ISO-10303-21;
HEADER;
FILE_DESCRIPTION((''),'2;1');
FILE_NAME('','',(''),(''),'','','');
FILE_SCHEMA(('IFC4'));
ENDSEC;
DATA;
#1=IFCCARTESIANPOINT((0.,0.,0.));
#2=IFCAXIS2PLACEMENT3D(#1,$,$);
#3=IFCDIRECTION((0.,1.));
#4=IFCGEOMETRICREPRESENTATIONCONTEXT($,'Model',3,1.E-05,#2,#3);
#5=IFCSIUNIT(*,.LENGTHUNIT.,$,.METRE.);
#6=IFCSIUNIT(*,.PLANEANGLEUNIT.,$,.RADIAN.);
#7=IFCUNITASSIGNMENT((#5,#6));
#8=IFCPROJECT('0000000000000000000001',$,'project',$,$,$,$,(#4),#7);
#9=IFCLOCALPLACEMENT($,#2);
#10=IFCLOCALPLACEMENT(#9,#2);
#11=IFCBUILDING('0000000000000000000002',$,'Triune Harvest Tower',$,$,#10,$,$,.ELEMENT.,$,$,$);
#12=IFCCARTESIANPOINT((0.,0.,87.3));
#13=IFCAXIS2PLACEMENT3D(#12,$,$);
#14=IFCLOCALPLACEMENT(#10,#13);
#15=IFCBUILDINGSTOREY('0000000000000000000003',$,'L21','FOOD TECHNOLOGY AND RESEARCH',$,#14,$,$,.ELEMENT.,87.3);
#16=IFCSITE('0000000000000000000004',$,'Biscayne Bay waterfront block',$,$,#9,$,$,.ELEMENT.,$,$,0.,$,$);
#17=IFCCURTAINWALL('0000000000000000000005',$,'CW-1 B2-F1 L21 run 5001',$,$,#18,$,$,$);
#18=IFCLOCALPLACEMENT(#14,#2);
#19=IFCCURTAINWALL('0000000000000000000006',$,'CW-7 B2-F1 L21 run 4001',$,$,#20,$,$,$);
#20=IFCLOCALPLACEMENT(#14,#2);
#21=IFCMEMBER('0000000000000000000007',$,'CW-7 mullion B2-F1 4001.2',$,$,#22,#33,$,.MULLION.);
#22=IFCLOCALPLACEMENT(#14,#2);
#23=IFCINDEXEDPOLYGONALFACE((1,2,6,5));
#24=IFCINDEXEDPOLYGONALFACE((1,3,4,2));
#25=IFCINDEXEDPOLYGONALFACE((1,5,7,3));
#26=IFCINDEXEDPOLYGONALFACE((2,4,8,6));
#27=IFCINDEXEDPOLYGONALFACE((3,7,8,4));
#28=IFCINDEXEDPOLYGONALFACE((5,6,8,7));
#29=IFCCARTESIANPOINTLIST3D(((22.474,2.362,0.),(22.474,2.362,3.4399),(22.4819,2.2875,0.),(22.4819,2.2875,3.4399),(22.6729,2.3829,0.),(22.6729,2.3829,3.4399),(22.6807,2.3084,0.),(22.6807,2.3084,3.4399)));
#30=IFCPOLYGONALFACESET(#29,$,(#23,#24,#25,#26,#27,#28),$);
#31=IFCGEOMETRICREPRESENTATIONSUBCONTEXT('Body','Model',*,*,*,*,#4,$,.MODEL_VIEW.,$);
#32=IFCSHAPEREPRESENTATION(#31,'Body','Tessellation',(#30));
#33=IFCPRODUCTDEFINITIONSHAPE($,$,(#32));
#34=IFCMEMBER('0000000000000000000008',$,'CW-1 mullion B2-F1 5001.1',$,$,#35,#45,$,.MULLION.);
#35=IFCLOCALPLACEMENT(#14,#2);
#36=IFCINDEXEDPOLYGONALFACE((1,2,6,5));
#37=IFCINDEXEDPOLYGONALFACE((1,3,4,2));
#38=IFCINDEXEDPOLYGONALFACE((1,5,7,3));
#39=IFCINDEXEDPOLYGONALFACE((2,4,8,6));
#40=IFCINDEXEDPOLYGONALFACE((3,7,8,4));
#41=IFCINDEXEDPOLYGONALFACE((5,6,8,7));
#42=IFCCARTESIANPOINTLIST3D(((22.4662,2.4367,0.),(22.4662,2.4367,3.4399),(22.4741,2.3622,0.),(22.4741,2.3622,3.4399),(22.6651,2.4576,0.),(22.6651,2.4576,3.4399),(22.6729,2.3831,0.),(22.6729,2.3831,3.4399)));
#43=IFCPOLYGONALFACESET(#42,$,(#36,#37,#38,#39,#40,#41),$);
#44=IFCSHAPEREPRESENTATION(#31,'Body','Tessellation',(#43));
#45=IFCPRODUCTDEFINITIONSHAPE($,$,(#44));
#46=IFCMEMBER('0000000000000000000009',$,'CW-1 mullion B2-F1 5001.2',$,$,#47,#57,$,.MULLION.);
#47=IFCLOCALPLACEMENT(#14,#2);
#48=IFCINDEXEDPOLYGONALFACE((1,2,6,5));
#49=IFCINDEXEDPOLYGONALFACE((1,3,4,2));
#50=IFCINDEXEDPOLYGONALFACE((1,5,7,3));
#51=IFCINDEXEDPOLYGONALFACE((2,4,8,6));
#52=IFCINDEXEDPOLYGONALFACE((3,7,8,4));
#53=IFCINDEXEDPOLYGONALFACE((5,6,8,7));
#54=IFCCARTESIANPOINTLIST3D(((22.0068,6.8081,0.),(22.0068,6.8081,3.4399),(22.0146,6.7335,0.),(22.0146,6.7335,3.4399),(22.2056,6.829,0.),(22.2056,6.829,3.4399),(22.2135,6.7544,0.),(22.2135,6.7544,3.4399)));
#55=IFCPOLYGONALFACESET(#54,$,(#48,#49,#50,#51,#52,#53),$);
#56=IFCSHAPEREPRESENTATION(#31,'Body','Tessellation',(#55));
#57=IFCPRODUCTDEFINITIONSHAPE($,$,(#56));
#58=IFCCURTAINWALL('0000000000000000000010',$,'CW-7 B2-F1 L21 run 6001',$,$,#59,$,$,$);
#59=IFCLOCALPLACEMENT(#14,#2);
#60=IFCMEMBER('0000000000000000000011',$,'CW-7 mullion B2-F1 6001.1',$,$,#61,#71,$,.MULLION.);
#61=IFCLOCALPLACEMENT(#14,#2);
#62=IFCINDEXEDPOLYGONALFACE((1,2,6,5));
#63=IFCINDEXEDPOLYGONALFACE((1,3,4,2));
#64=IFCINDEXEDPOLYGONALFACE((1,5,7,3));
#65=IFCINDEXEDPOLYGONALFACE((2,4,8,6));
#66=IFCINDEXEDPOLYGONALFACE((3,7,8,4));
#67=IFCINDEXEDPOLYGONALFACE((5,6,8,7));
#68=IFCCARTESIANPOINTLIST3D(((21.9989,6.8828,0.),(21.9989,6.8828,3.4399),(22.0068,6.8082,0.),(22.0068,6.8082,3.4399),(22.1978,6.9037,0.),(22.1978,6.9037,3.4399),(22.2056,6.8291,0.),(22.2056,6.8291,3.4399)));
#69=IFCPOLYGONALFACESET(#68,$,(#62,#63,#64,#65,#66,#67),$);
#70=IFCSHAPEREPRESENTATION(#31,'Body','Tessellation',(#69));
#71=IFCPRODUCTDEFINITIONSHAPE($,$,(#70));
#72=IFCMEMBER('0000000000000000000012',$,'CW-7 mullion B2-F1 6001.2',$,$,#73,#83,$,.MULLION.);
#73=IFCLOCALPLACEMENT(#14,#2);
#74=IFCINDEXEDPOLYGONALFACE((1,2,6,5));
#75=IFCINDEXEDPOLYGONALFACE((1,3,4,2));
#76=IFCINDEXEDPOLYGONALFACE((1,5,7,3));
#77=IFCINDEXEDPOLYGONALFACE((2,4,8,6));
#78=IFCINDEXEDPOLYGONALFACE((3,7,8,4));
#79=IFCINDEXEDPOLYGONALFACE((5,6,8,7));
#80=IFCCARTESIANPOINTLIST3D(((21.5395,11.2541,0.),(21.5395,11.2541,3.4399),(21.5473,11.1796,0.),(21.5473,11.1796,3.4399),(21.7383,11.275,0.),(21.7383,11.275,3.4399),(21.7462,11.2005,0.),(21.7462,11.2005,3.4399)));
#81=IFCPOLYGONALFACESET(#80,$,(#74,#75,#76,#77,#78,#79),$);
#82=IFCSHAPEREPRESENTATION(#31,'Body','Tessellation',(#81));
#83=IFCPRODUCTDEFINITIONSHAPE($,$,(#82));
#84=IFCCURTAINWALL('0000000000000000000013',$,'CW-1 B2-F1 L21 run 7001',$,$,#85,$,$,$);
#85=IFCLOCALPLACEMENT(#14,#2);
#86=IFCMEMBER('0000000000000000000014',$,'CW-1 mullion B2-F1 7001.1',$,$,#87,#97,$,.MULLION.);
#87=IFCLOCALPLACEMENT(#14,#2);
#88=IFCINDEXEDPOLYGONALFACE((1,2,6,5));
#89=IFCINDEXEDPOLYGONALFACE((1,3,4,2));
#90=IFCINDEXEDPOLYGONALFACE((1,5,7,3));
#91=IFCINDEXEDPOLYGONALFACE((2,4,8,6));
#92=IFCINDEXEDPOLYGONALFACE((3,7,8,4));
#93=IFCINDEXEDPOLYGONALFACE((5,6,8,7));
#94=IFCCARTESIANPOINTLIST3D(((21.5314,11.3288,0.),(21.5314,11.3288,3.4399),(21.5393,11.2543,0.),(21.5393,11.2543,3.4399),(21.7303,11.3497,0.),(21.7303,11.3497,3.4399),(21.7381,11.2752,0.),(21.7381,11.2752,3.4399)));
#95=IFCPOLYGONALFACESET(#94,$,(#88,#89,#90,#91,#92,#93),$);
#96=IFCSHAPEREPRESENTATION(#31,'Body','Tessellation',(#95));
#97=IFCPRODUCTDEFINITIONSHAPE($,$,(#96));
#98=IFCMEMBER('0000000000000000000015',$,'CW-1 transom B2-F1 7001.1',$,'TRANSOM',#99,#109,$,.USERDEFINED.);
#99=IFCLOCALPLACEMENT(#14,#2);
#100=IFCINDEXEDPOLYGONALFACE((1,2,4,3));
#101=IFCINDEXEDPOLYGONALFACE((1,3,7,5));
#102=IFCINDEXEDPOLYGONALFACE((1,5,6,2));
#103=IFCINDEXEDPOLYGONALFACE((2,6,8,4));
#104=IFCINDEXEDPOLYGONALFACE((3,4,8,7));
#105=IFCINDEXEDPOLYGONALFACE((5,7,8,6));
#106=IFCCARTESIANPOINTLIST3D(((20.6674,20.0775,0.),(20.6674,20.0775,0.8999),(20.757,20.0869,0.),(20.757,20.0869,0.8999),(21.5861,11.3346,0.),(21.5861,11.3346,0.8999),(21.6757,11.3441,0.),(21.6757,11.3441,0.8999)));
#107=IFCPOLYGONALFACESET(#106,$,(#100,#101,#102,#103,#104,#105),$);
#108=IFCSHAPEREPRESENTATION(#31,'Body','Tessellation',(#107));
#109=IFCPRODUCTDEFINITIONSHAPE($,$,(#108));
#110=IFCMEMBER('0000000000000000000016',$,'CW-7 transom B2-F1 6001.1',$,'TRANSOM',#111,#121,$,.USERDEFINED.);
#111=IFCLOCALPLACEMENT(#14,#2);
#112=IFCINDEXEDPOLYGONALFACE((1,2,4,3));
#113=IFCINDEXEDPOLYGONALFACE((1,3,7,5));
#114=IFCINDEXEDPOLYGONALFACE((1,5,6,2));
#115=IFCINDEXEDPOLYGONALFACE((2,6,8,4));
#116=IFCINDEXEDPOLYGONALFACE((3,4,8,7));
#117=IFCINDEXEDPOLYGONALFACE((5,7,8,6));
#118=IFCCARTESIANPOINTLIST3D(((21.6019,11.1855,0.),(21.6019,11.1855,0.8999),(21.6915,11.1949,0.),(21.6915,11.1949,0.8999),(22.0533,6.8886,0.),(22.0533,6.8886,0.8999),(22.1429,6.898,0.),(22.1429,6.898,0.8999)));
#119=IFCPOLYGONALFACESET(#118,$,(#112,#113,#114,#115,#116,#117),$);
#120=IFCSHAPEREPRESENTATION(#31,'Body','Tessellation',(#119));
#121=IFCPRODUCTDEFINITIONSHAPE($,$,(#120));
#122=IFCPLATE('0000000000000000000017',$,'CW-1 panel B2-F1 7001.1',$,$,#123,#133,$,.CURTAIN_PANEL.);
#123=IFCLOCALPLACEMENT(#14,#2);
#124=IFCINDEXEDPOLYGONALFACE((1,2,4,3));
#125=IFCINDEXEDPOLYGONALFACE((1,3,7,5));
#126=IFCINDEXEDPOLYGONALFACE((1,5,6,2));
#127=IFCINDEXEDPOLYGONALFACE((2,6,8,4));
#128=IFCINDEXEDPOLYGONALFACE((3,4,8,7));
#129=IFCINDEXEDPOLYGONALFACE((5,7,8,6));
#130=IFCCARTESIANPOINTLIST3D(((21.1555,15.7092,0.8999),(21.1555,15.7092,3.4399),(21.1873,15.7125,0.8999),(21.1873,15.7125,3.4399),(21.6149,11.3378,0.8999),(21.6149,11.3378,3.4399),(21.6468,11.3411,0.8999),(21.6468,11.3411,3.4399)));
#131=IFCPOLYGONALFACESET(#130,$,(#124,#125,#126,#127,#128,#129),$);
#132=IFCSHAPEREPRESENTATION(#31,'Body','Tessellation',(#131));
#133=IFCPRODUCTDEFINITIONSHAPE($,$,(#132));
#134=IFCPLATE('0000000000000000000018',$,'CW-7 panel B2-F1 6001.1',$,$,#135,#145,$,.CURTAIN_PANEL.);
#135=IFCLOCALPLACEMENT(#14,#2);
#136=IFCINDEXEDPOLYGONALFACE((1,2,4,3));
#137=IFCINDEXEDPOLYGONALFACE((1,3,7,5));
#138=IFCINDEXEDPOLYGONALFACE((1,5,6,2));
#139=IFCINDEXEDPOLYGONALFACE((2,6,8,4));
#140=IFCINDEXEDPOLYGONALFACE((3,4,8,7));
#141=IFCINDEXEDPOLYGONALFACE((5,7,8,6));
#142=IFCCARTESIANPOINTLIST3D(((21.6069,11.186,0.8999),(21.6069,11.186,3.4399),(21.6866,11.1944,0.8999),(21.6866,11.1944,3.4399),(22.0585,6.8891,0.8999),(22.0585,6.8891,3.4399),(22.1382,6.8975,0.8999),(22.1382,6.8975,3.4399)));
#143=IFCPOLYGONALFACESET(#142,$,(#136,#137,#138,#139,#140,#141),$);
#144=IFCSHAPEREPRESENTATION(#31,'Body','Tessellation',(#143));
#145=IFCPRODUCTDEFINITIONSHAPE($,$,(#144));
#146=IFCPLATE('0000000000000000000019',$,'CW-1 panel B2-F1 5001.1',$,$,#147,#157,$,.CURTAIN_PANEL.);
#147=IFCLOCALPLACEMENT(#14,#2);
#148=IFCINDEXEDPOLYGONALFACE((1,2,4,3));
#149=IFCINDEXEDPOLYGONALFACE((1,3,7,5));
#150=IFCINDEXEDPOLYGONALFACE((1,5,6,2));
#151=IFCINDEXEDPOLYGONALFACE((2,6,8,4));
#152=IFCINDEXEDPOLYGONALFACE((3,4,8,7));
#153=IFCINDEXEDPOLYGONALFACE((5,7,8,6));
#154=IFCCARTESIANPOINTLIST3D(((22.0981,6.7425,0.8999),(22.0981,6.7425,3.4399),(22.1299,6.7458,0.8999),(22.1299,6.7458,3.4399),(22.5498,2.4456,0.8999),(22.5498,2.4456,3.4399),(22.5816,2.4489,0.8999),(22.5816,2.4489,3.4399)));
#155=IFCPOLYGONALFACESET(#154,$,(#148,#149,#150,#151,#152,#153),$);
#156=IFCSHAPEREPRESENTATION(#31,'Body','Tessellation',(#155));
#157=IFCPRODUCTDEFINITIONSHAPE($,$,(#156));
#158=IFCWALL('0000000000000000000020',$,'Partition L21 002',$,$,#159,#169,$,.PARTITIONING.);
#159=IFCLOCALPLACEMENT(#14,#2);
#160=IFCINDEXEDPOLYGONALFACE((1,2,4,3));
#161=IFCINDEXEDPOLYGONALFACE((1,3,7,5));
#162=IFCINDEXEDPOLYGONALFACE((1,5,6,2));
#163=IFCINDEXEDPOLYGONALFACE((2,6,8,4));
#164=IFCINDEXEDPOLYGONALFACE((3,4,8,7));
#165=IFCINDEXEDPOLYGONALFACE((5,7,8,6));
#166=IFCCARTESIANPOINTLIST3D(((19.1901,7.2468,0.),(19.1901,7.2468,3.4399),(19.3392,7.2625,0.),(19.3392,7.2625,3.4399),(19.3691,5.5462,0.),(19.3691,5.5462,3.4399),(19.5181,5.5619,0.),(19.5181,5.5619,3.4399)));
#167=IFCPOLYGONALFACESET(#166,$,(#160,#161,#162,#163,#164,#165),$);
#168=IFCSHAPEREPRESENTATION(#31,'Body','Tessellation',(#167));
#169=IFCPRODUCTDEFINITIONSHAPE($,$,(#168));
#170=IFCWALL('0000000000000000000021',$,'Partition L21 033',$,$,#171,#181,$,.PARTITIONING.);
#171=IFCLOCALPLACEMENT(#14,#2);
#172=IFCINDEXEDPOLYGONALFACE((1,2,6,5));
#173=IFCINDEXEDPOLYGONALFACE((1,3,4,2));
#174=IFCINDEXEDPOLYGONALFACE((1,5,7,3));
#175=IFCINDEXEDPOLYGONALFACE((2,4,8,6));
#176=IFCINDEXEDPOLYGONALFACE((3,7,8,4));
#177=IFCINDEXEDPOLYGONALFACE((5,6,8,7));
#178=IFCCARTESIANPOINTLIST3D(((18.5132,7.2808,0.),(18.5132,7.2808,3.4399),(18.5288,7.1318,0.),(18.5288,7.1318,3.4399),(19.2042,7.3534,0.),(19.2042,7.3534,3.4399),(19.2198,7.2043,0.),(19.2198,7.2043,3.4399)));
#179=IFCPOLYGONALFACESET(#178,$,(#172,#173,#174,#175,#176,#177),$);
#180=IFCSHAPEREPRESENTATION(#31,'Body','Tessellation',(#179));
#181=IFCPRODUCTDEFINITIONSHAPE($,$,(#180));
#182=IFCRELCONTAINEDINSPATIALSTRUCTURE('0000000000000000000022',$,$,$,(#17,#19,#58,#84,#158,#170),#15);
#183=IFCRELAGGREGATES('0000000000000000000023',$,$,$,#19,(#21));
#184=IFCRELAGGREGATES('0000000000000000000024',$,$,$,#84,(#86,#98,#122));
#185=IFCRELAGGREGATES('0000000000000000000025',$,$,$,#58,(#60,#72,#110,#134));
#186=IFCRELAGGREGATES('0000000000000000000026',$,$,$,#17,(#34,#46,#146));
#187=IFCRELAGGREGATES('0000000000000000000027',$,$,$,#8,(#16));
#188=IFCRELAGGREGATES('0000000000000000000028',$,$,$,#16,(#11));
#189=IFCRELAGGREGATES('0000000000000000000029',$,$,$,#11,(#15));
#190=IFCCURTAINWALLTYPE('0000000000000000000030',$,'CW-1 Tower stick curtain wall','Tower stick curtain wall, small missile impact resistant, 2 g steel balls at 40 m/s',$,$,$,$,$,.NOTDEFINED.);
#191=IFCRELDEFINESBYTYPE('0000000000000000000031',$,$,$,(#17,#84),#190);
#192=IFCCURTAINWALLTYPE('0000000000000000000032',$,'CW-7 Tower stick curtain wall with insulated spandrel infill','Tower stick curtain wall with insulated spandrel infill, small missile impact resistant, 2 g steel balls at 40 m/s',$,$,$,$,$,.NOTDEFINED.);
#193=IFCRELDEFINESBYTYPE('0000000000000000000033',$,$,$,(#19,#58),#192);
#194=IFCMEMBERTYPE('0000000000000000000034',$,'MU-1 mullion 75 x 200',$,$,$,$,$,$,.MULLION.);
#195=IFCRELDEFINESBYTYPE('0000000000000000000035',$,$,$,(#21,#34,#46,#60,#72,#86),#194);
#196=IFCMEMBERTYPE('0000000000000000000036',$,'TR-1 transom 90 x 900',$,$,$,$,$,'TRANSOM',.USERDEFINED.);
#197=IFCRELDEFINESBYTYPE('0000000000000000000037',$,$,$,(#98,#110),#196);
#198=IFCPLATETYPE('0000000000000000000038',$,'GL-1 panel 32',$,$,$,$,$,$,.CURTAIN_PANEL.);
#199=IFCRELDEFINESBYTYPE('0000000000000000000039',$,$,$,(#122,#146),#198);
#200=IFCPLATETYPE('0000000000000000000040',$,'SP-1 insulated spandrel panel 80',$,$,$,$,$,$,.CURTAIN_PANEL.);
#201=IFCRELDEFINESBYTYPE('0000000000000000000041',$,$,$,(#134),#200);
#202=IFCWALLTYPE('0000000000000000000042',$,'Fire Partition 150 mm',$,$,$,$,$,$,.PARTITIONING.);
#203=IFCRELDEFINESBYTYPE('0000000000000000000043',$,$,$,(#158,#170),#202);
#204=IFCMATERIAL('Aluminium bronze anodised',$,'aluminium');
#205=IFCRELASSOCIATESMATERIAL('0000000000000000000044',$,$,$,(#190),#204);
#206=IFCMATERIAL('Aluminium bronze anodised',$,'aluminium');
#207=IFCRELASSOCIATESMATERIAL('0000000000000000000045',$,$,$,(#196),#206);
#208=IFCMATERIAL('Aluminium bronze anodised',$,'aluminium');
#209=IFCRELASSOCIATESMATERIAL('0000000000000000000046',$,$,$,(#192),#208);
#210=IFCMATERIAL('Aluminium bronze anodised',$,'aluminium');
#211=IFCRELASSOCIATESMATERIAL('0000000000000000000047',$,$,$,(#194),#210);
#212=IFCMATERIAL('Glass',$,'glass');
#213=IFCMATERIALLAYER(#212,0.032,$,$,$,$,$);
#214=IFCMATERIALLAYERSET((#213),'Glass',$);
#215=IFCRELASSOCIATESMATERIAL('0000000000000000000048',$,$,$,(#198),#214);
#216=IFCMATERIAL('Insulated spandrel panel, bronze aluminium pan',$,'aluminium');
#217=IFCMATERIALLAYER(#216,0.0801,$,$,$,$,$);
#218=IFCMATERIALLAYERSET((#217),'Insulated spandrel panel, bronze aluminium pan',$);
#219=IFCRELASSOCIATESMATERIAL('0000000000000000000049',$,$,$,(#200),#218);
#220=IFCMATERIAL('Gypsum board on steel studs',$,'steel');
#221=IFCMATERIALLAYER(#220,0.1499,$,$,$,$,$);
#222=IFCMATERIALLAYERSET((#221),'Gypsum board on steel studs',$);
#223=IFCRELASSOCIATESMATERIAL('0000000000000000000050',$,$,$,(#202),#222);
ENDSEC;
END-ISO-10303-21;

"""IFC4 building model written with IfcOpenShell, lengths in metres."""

from ifc_helpers import new_model, si_unit, direction, frame, frame_2d, origin, origin_2d, place, context, subcontext, project, spatial, rectangle, extrude, source, transform, mapped, material, layer, layer_set, material_profile, profile_set, type_object, element, aggregate, save


model = new_model("IFC4")

# Units and contexts
model_context = context("Model", 3, precision=1e-05, world=origin(), true_north=direction((0.0, 1.0)))
body_context = subcontext(model_context, "Body", "Model", "MODEL_VIEW")
ifc_project = project(units=[si_unit("LENGTHUNIT", "METRE"), si_unit("PLANEANGLEUNIT", "RADIAN")], contexts=[model_context])

# Site, building, storey
site_placement = place(None, origin())
site = spatial("IfcSite", under=ifc_project, at=site_placement, Name="Biscayne Bay waterfront block", CompositionType="ELEMENT", RefElevation=0.0)
building_placement = place(site_placement, origin())
building = spatial("IfcBuilding", under=site, at=building_placement, Name="Triune Harvest Tower", CompositionType="ELEMENT")
storey_placement = place(building_placement, frame((0.0, 0.0, 87.3)))
storey = spatial("IfcBuildingStorey", under=building, at=storey_placement, Name="L21", Description="FOOD TECHNOLOGY AND RESEARCH", CompositionType="ELEMENT", Elevation=87.3)

# Curtain wall
ifc_material_1 = material(Name="Aluminium bronze anodised", Category="aluminium")
curtain_wall_type_1 = type_object("IfcCurtainWallType", Name="CW-1 Tower stick curtain wall", Description="Tower stick curtain wall, small missile impact resistant, 2 g steel balls at 40 m/s", PredefinedType="NOTDEFINED", material=ifc_material_1)
curtain_wall_1_placement = place(storey_placement, origin())
curtain_wall_1 = element("IfcCurtainWall", 1, at=curtain_wall_1_placement, inside=storey, type_object=curtain_wall_type_1, Name="CW-1 B2-F1 L21 run 5001")
ifc_material_2 = material(Name="Aluminium bronze anodised", Category="aluminium")
ifc_material_profile_1 = material_profile(ifc_material_2, rectangle(XDim=0.0901, YDim=0.8999, at=origin_2d()), Name="TR-1 transom 90 x 900")
ifc_profile_set_1 = profile_set([ifc_material_profile_1], Name="Aluminium bronze anodised")
member_type_1 = type_object("IfcMemberType", Name="TR-1 transom 90 x 900", ElementType="TRANSOM", PredefinedType="USERDEFINED", material=ifc_profile_set_1)

# Curtain wall, member
ifc_material_3 = material(Name="Aluminium bronze anodised", Category="aluminium")
curtain_wall_type_2 = type_object("IfcCurtainWallType", Name="CW-7 Tower stick curtain wall with insulated spandrel infill", Description="Tower stick curtain wall with insulated spandrel infill, small missile impact resistant, 2 g steel balls at 40 m/s", PredefinedType="NOTDEFINED", material=ifc_material_3)
curtain_wall_2_placement = place(storey_placement, origin())
curtain_wall_2 = element("IfcCurtainWall", 2, at=curtain_wall_2_placement, inside=storey, type_object=curtain_wall_type_2, Name="CW-7 B2-F1 L21 run 4001")
ifc_material_4 = material(Name="Aluminium bronze anodised", Category="aluminium")
ifc_material_profile_2 = material_profile(ifc_material_4, rectangle(XDim=0.2, YDim=0.075, at=origin_2d()), Name="MU-1 mullion 75 x 200")
ifc_profile_set_2 = profile_set([ifc_material_profile_2], Name="Aluminium bronze anodised")
member_type_2 = type_object("IfcMemberType", Name="MU-1 mullion 75 x 200", PredefinedType="MULLION", material=ifc_profile_set_2)
shared_shape_1 = source(origin(), body_context, "Body", "SweptSolid", [
    extrude(rectangle(XDim=0.2, YDim=0.075, at=origin_2d()), origin(), (0.0, 0.0, 1.0), 3.4399),
])
member_1_placement = place(storey_placement, frame((22.5774, 2.3352, 0.0), z_axis=(0.0, 0.0, 1.0), x_axis=(-0.994522, -0.104528, 0.0)))
member_1 = element("IfcMember", 3, at=member_1_placement, type_object=member_type_2, Name="CW-7 mullion B2-F1 4001.2", PredefinedType="MULLION", context=body_context, shape_type="MappedRepresentation", body=[
    mapped(shared_shape_1, transform((0.0, 0.0, 0.0), scale=1.0)),
])
aggregate(curtain_wall_2, [member_1])

# Members
member_2_placement = place(storey_placement, frame((22.5696, 2.4099, 0.0), z_axis=(0.0, 0.0, 1.0), x_axis=(-0.994522, -0.10453, 0.0)))
member_2 = element("IfcMember", 4, at=member_2_placement, type_object=member_type_2, Name="CW-1 mullion B2-F1 5001.1", PredefinedType="MULLION", context=body_context, shape_type="MappedRepresentation", body=[
    mapped(shared_shape_1, transform((0.0, 0.0, 0.0), scale=1.0)),
])
member_3_placement = place(storey_placement, frame((22.1101, 6.7812, 0.0), z_axis=(0.0, 0.0, 1.0), x_axis=(-0.994522, -0.10453, 0.0)))
member_3 = element("IfcMember", 5, at=member_3_placement, type_object=member_type_2, Name="CW-1 mullion B2-F1 5001.2", PredefinedType="MULLION", context=body_context, shape_type="MappedRepresentation", body=[
    mapped(shared_shape_1, transform((0.0, 0.0, 0.0), scale=1.0)),
])

# Curtain walls, members
curtain_wall_3_placement = place(storey_placement, origin())
curtain_wall_3 = element("IfcCurtainWall", 6, at=curtain_wall_3_placement, inside=storey, type_object=curtain_wall_type_2, Name="CW-7 B2-F1 L21 run 6001")
member_4_placement = place(storey_placement, frame((22.1023, 6.856, 0.0), z_axis=(0.0, 0.0, 1.0), x_axis=(-0.994522, -0.104528, 0.0)))
member_4 = element("IfcMember", 7, at=member_4_placement, type_object=member_type_2, Name="CW-7 mullion B2-F1 6001.1", PredefinedType="MULLION", context=body_context, shape_type="MappedRepresentation", body=[
    mapped(shared_shape_1, transform((0.0, 0.0, 0.0), scale=1.0)),
])
member_5_placement = place(storey_placement, frame((21.6428, 11.2273, 0.0), z_axis=(0.0, 0.0, 1.0), x_axis=(-0.994522, -0.104528, 0.0)))
member_5 = element("IfcMember", 8, at=member_5_placement, type_object=member_type_2, Name="CW-7 mullion B2-F1 6001.2", PredefinedType="MULLION", context=body_context, shape_type="MappedRepresentation", body=[
    mapped(shared_shape_1, transform((0.0, 0.0, 0.0), scale=1.0)),
])
curtain_wall_4_placement = place(storey_placement, origin())
curtain_wall_4 = element("IfcCurtainWall", 9, at=curtain_wall_4_placement, inside=storey, type_object=curtain_wall_type_1, Name="CW-1 B2-F1 L21 run 7001")
member_6_placement = place(storey_placement, frame((21.6348, 11.302, 0.0), z_axis=(0.0, 0.0, 1.0), x_axis=(-0.994522, -0.104528, 0.0)))
member_6 = element("IfcMember", 10, at=member_6_placement, type_object=member_type_2, Name="CW-1 mullion B2-F1 7001.1", PredefinedType="MULLION", context=body_context, shape_type="MappedRepresentation", body=[
    mapped(shared_shape_1, transform((0.0, 0.0, 0.0), scale=1.0)),
])
shared_shape_2 = source(origin(), body_context, "Body", "SweptSolid", [
    extrude(rectangle(XDim=0.0901, YDim=0.8999, at=origin_2d()), origin(), (0.0, 0.0, 1.0), 8.791),
])
member_7_placement = place(storey_placement, frame((21.6309, 11.3394, 0.45), z_axis=(-0.104504, 0.994524, 0.0), x_axis=(-0.994524, -0.104504, 0.0)))
member_7 = element("IfcMember", 11, at=member_7_placement, type_object=member_type_1, Name="CW-1 transom B2-F1 7001.1", ObjectType="TRANSOM", PredefinedType="USERDEFINED", context=body_context, shape_type="MappedRepresentation", body=[
    mapped(shared_shape_2, transform((0.0, 0.0, 0.0), scale=1.0)),
])

# Member
shared_shape_3 = source(origin(), body_context, "Body", "SweptSolid", [
    extrude(rectangle(XDim=0.0901, YDim=0.8999, at=origin_2d()), origin(), (0.0, 0.0, 1.0), 4.3206),
])
member_8_placement = place(storey_placement, frame((22.0981, 6.8933, 0.45), z_axis=(-0.104482, 0.994527, 0.0), x_axis=(-0.994527, -0.104482, 0.0)))
member_8 = element("IfcMember", 12, at=member_8_placement, type_object=member_type_1, Name="CW-7 transom B2-F1 6001.1", ObjectType="TRANSOM", PredefinedType="USERDEFINED", context=body_context, shape_type="MappedRepresentation", body=[
    mapped(shared_shape_3, transform((0.0, 0.0, 0.0), scale=1.0)),
])

# Plates
ifc_material_5 = material(Name="Glass", Category="glass")
ifc_layer_1 = layer(ifc_material_5, 0.032)
ifc_layer_set_1 = layer_set([ifc_layer_1], Name="Glass")
plate_type_1 = type_object("IfcPlateType", Name="GL-1 panel 32", PredefinedType="CURTAIN_PANEL", material=ifc_layer_set_1)
shared_shape_4 = source(origin(), body_context, "Body", "SweptSolid", [
    extrude(rectangle(XDim=4.3955, YDim=0.032, at=origin_2d()), origin(), (0.0, 0.0, 1.0), 2.54),
])
plate_1_placement = place(storey_placement, frame((21.4011, 13.5251, 0.8999), z_axis=(0.0, 0.0, 1.0), x_axis=(-0.104528, 0.994522, 0.0)))
plate_1 = element("IfcPlate", 13, at=plate_1_placement, type_object=plate_type_1, Name="CW-1 panel B2-F1 7001.1", PredefinedType="CURTAIN_PANEL", context=body_context, shape_type="MappedRepresentation", body=[
    mapped(shared_shape_4, transform((0.0, 0.0, 0.0), scale=1.0)),
])
aggregate(curtain_wall_4, [member_6, member_7, plate_1])
ifc_material_6 = material(Name="Insulated spandrel panel, bronze aluminium pan", Category="aluminium")
ifc_layer_2 = layer(ifc_material_6, 0.0801)
ifc_layer_set_2 = layer_set([ifc_layer_2], Name="Insulated spandrel panel, bronze aluminium pan")
plate_type_2 = type_object("IfcPlateType", Name="SP-1 insulated spandrel panel 80", PredefinedType="CURTAIN_PANEL", material=ifc_layer_set_2)
shared_shape_5 = source(origin(), body_context, "Body", "SweptSolid", [
    extrude(rectangle(XDim=4.3206, YDim=0.0801, at=origin_2d()), origin(), (0.0, 0.0, 1.0), 2.54),
])
plate_2_placement = place(storey_placement, frame((21.8726, 9.0417, 0.8999), z_axis=(0.0, 0.0, 1.0), x_axis=(-0.104528, 0.994522, 0.0)))
plate_2 = element("IfcPlate", 14, at=plate_2_placement, type_object=plate_type_2, Name="CW-7 panel B2-F1 6001.1", PredefinedType="CURTAIN_PANEL", context=body_context, shape_type="MappedRepresentation", body=[
    mapped(shared_shape_5, transform((0.0, 0.0, 0.0), scale=1.0)),
])
aggregate(curtain_wall_3, [member_4, member_5, member_8, plate_2])
shared_shape_6 = source(origin(), body_context, "Body", "SweptSolid", [
    extrude(rectangle(XDim=4.3206, YDim=0.032, at=origin_2d()), origin(), (0.0, 0.0, 1.0), 2.54),
])
plate_3_placement = place(storey_placement, frame((22.3398, 4.5957, 0.8999), z_axis=(0.0, 0.0, 1.0), x_axis=(-0.10453, 0.994522, 0.0)))
plate_3 = element("IfcPlate", 15, at=plate_3_placement, type_object=plate_type_1, Name="CW-1 panel B2-F1 5001.1", PredefinedType="CURTAIN_PANEL", context=body_context, shape_type="MappedRepresentation", body=[
    mapped(shared_shape_6, transform((0.0, 0.0, 0.0), scale=1.0)),
])
aggregate(curtain_wall_1, [member_2, member_3, plate_3])

# Walls
ifc_material_7 = material(Name="Gypsum board on steel studs", Category="steel")
ifc_layer_3 = layer(ifc_material_7, 0.1499)
ifc_layer_set_3 = layer_set([ifc_layer_3], Name="Gypsum board on steel studs")
wall_type_1 = type_object("IfcWallType", Name="Fire Partition 150 mm", PredefinedType="PARTITIONING", material=ifc_layer_set_3)
wall_1_placement = place(storey_placement, frame((19.2646, 7.2546, 0.0), z_axis=(0.0, 0.0, 1.0), x_axis=(0.104648, -0.994509, 0.0)))
element("IfcWall", 16, at=wall_1_placement, inside=storey, type_object=wall_type_1, Name="Partition L21 002", PredefinedType="PARTITIONING", context=body_context, shape_type="SweptSolid", body=[
    extrude(rectangle(XDim=1.71, YDim=0.1499, at=frame_2d((0.855, 0.0))), origin(), (0.0, 0.0, 1.0), 3.4399),
])
wall_2_placement = place(storey_placement, frame((18.521, 7.2063, 0.0), z_axis=(0.0, 0.0, 1.0), x_axis=(0.994538, 0.104374, 0.0)))
element("IfcWall", 17, at=wall_2_placement, inside=storey, type_object=wall_type_1, Name="Partition L21 033", PredefinedType="PARTITIONING", context=body_context, shape_type="SweptSolid", body=[
    extrude(rectangle(XDim=0.6948, YDim=0.1499, at=frame_2d((0.3474, 0.0))), origin(), (0.0, 0.0, 1.0), 3.4399),
])

save(model, "model.ifc")
